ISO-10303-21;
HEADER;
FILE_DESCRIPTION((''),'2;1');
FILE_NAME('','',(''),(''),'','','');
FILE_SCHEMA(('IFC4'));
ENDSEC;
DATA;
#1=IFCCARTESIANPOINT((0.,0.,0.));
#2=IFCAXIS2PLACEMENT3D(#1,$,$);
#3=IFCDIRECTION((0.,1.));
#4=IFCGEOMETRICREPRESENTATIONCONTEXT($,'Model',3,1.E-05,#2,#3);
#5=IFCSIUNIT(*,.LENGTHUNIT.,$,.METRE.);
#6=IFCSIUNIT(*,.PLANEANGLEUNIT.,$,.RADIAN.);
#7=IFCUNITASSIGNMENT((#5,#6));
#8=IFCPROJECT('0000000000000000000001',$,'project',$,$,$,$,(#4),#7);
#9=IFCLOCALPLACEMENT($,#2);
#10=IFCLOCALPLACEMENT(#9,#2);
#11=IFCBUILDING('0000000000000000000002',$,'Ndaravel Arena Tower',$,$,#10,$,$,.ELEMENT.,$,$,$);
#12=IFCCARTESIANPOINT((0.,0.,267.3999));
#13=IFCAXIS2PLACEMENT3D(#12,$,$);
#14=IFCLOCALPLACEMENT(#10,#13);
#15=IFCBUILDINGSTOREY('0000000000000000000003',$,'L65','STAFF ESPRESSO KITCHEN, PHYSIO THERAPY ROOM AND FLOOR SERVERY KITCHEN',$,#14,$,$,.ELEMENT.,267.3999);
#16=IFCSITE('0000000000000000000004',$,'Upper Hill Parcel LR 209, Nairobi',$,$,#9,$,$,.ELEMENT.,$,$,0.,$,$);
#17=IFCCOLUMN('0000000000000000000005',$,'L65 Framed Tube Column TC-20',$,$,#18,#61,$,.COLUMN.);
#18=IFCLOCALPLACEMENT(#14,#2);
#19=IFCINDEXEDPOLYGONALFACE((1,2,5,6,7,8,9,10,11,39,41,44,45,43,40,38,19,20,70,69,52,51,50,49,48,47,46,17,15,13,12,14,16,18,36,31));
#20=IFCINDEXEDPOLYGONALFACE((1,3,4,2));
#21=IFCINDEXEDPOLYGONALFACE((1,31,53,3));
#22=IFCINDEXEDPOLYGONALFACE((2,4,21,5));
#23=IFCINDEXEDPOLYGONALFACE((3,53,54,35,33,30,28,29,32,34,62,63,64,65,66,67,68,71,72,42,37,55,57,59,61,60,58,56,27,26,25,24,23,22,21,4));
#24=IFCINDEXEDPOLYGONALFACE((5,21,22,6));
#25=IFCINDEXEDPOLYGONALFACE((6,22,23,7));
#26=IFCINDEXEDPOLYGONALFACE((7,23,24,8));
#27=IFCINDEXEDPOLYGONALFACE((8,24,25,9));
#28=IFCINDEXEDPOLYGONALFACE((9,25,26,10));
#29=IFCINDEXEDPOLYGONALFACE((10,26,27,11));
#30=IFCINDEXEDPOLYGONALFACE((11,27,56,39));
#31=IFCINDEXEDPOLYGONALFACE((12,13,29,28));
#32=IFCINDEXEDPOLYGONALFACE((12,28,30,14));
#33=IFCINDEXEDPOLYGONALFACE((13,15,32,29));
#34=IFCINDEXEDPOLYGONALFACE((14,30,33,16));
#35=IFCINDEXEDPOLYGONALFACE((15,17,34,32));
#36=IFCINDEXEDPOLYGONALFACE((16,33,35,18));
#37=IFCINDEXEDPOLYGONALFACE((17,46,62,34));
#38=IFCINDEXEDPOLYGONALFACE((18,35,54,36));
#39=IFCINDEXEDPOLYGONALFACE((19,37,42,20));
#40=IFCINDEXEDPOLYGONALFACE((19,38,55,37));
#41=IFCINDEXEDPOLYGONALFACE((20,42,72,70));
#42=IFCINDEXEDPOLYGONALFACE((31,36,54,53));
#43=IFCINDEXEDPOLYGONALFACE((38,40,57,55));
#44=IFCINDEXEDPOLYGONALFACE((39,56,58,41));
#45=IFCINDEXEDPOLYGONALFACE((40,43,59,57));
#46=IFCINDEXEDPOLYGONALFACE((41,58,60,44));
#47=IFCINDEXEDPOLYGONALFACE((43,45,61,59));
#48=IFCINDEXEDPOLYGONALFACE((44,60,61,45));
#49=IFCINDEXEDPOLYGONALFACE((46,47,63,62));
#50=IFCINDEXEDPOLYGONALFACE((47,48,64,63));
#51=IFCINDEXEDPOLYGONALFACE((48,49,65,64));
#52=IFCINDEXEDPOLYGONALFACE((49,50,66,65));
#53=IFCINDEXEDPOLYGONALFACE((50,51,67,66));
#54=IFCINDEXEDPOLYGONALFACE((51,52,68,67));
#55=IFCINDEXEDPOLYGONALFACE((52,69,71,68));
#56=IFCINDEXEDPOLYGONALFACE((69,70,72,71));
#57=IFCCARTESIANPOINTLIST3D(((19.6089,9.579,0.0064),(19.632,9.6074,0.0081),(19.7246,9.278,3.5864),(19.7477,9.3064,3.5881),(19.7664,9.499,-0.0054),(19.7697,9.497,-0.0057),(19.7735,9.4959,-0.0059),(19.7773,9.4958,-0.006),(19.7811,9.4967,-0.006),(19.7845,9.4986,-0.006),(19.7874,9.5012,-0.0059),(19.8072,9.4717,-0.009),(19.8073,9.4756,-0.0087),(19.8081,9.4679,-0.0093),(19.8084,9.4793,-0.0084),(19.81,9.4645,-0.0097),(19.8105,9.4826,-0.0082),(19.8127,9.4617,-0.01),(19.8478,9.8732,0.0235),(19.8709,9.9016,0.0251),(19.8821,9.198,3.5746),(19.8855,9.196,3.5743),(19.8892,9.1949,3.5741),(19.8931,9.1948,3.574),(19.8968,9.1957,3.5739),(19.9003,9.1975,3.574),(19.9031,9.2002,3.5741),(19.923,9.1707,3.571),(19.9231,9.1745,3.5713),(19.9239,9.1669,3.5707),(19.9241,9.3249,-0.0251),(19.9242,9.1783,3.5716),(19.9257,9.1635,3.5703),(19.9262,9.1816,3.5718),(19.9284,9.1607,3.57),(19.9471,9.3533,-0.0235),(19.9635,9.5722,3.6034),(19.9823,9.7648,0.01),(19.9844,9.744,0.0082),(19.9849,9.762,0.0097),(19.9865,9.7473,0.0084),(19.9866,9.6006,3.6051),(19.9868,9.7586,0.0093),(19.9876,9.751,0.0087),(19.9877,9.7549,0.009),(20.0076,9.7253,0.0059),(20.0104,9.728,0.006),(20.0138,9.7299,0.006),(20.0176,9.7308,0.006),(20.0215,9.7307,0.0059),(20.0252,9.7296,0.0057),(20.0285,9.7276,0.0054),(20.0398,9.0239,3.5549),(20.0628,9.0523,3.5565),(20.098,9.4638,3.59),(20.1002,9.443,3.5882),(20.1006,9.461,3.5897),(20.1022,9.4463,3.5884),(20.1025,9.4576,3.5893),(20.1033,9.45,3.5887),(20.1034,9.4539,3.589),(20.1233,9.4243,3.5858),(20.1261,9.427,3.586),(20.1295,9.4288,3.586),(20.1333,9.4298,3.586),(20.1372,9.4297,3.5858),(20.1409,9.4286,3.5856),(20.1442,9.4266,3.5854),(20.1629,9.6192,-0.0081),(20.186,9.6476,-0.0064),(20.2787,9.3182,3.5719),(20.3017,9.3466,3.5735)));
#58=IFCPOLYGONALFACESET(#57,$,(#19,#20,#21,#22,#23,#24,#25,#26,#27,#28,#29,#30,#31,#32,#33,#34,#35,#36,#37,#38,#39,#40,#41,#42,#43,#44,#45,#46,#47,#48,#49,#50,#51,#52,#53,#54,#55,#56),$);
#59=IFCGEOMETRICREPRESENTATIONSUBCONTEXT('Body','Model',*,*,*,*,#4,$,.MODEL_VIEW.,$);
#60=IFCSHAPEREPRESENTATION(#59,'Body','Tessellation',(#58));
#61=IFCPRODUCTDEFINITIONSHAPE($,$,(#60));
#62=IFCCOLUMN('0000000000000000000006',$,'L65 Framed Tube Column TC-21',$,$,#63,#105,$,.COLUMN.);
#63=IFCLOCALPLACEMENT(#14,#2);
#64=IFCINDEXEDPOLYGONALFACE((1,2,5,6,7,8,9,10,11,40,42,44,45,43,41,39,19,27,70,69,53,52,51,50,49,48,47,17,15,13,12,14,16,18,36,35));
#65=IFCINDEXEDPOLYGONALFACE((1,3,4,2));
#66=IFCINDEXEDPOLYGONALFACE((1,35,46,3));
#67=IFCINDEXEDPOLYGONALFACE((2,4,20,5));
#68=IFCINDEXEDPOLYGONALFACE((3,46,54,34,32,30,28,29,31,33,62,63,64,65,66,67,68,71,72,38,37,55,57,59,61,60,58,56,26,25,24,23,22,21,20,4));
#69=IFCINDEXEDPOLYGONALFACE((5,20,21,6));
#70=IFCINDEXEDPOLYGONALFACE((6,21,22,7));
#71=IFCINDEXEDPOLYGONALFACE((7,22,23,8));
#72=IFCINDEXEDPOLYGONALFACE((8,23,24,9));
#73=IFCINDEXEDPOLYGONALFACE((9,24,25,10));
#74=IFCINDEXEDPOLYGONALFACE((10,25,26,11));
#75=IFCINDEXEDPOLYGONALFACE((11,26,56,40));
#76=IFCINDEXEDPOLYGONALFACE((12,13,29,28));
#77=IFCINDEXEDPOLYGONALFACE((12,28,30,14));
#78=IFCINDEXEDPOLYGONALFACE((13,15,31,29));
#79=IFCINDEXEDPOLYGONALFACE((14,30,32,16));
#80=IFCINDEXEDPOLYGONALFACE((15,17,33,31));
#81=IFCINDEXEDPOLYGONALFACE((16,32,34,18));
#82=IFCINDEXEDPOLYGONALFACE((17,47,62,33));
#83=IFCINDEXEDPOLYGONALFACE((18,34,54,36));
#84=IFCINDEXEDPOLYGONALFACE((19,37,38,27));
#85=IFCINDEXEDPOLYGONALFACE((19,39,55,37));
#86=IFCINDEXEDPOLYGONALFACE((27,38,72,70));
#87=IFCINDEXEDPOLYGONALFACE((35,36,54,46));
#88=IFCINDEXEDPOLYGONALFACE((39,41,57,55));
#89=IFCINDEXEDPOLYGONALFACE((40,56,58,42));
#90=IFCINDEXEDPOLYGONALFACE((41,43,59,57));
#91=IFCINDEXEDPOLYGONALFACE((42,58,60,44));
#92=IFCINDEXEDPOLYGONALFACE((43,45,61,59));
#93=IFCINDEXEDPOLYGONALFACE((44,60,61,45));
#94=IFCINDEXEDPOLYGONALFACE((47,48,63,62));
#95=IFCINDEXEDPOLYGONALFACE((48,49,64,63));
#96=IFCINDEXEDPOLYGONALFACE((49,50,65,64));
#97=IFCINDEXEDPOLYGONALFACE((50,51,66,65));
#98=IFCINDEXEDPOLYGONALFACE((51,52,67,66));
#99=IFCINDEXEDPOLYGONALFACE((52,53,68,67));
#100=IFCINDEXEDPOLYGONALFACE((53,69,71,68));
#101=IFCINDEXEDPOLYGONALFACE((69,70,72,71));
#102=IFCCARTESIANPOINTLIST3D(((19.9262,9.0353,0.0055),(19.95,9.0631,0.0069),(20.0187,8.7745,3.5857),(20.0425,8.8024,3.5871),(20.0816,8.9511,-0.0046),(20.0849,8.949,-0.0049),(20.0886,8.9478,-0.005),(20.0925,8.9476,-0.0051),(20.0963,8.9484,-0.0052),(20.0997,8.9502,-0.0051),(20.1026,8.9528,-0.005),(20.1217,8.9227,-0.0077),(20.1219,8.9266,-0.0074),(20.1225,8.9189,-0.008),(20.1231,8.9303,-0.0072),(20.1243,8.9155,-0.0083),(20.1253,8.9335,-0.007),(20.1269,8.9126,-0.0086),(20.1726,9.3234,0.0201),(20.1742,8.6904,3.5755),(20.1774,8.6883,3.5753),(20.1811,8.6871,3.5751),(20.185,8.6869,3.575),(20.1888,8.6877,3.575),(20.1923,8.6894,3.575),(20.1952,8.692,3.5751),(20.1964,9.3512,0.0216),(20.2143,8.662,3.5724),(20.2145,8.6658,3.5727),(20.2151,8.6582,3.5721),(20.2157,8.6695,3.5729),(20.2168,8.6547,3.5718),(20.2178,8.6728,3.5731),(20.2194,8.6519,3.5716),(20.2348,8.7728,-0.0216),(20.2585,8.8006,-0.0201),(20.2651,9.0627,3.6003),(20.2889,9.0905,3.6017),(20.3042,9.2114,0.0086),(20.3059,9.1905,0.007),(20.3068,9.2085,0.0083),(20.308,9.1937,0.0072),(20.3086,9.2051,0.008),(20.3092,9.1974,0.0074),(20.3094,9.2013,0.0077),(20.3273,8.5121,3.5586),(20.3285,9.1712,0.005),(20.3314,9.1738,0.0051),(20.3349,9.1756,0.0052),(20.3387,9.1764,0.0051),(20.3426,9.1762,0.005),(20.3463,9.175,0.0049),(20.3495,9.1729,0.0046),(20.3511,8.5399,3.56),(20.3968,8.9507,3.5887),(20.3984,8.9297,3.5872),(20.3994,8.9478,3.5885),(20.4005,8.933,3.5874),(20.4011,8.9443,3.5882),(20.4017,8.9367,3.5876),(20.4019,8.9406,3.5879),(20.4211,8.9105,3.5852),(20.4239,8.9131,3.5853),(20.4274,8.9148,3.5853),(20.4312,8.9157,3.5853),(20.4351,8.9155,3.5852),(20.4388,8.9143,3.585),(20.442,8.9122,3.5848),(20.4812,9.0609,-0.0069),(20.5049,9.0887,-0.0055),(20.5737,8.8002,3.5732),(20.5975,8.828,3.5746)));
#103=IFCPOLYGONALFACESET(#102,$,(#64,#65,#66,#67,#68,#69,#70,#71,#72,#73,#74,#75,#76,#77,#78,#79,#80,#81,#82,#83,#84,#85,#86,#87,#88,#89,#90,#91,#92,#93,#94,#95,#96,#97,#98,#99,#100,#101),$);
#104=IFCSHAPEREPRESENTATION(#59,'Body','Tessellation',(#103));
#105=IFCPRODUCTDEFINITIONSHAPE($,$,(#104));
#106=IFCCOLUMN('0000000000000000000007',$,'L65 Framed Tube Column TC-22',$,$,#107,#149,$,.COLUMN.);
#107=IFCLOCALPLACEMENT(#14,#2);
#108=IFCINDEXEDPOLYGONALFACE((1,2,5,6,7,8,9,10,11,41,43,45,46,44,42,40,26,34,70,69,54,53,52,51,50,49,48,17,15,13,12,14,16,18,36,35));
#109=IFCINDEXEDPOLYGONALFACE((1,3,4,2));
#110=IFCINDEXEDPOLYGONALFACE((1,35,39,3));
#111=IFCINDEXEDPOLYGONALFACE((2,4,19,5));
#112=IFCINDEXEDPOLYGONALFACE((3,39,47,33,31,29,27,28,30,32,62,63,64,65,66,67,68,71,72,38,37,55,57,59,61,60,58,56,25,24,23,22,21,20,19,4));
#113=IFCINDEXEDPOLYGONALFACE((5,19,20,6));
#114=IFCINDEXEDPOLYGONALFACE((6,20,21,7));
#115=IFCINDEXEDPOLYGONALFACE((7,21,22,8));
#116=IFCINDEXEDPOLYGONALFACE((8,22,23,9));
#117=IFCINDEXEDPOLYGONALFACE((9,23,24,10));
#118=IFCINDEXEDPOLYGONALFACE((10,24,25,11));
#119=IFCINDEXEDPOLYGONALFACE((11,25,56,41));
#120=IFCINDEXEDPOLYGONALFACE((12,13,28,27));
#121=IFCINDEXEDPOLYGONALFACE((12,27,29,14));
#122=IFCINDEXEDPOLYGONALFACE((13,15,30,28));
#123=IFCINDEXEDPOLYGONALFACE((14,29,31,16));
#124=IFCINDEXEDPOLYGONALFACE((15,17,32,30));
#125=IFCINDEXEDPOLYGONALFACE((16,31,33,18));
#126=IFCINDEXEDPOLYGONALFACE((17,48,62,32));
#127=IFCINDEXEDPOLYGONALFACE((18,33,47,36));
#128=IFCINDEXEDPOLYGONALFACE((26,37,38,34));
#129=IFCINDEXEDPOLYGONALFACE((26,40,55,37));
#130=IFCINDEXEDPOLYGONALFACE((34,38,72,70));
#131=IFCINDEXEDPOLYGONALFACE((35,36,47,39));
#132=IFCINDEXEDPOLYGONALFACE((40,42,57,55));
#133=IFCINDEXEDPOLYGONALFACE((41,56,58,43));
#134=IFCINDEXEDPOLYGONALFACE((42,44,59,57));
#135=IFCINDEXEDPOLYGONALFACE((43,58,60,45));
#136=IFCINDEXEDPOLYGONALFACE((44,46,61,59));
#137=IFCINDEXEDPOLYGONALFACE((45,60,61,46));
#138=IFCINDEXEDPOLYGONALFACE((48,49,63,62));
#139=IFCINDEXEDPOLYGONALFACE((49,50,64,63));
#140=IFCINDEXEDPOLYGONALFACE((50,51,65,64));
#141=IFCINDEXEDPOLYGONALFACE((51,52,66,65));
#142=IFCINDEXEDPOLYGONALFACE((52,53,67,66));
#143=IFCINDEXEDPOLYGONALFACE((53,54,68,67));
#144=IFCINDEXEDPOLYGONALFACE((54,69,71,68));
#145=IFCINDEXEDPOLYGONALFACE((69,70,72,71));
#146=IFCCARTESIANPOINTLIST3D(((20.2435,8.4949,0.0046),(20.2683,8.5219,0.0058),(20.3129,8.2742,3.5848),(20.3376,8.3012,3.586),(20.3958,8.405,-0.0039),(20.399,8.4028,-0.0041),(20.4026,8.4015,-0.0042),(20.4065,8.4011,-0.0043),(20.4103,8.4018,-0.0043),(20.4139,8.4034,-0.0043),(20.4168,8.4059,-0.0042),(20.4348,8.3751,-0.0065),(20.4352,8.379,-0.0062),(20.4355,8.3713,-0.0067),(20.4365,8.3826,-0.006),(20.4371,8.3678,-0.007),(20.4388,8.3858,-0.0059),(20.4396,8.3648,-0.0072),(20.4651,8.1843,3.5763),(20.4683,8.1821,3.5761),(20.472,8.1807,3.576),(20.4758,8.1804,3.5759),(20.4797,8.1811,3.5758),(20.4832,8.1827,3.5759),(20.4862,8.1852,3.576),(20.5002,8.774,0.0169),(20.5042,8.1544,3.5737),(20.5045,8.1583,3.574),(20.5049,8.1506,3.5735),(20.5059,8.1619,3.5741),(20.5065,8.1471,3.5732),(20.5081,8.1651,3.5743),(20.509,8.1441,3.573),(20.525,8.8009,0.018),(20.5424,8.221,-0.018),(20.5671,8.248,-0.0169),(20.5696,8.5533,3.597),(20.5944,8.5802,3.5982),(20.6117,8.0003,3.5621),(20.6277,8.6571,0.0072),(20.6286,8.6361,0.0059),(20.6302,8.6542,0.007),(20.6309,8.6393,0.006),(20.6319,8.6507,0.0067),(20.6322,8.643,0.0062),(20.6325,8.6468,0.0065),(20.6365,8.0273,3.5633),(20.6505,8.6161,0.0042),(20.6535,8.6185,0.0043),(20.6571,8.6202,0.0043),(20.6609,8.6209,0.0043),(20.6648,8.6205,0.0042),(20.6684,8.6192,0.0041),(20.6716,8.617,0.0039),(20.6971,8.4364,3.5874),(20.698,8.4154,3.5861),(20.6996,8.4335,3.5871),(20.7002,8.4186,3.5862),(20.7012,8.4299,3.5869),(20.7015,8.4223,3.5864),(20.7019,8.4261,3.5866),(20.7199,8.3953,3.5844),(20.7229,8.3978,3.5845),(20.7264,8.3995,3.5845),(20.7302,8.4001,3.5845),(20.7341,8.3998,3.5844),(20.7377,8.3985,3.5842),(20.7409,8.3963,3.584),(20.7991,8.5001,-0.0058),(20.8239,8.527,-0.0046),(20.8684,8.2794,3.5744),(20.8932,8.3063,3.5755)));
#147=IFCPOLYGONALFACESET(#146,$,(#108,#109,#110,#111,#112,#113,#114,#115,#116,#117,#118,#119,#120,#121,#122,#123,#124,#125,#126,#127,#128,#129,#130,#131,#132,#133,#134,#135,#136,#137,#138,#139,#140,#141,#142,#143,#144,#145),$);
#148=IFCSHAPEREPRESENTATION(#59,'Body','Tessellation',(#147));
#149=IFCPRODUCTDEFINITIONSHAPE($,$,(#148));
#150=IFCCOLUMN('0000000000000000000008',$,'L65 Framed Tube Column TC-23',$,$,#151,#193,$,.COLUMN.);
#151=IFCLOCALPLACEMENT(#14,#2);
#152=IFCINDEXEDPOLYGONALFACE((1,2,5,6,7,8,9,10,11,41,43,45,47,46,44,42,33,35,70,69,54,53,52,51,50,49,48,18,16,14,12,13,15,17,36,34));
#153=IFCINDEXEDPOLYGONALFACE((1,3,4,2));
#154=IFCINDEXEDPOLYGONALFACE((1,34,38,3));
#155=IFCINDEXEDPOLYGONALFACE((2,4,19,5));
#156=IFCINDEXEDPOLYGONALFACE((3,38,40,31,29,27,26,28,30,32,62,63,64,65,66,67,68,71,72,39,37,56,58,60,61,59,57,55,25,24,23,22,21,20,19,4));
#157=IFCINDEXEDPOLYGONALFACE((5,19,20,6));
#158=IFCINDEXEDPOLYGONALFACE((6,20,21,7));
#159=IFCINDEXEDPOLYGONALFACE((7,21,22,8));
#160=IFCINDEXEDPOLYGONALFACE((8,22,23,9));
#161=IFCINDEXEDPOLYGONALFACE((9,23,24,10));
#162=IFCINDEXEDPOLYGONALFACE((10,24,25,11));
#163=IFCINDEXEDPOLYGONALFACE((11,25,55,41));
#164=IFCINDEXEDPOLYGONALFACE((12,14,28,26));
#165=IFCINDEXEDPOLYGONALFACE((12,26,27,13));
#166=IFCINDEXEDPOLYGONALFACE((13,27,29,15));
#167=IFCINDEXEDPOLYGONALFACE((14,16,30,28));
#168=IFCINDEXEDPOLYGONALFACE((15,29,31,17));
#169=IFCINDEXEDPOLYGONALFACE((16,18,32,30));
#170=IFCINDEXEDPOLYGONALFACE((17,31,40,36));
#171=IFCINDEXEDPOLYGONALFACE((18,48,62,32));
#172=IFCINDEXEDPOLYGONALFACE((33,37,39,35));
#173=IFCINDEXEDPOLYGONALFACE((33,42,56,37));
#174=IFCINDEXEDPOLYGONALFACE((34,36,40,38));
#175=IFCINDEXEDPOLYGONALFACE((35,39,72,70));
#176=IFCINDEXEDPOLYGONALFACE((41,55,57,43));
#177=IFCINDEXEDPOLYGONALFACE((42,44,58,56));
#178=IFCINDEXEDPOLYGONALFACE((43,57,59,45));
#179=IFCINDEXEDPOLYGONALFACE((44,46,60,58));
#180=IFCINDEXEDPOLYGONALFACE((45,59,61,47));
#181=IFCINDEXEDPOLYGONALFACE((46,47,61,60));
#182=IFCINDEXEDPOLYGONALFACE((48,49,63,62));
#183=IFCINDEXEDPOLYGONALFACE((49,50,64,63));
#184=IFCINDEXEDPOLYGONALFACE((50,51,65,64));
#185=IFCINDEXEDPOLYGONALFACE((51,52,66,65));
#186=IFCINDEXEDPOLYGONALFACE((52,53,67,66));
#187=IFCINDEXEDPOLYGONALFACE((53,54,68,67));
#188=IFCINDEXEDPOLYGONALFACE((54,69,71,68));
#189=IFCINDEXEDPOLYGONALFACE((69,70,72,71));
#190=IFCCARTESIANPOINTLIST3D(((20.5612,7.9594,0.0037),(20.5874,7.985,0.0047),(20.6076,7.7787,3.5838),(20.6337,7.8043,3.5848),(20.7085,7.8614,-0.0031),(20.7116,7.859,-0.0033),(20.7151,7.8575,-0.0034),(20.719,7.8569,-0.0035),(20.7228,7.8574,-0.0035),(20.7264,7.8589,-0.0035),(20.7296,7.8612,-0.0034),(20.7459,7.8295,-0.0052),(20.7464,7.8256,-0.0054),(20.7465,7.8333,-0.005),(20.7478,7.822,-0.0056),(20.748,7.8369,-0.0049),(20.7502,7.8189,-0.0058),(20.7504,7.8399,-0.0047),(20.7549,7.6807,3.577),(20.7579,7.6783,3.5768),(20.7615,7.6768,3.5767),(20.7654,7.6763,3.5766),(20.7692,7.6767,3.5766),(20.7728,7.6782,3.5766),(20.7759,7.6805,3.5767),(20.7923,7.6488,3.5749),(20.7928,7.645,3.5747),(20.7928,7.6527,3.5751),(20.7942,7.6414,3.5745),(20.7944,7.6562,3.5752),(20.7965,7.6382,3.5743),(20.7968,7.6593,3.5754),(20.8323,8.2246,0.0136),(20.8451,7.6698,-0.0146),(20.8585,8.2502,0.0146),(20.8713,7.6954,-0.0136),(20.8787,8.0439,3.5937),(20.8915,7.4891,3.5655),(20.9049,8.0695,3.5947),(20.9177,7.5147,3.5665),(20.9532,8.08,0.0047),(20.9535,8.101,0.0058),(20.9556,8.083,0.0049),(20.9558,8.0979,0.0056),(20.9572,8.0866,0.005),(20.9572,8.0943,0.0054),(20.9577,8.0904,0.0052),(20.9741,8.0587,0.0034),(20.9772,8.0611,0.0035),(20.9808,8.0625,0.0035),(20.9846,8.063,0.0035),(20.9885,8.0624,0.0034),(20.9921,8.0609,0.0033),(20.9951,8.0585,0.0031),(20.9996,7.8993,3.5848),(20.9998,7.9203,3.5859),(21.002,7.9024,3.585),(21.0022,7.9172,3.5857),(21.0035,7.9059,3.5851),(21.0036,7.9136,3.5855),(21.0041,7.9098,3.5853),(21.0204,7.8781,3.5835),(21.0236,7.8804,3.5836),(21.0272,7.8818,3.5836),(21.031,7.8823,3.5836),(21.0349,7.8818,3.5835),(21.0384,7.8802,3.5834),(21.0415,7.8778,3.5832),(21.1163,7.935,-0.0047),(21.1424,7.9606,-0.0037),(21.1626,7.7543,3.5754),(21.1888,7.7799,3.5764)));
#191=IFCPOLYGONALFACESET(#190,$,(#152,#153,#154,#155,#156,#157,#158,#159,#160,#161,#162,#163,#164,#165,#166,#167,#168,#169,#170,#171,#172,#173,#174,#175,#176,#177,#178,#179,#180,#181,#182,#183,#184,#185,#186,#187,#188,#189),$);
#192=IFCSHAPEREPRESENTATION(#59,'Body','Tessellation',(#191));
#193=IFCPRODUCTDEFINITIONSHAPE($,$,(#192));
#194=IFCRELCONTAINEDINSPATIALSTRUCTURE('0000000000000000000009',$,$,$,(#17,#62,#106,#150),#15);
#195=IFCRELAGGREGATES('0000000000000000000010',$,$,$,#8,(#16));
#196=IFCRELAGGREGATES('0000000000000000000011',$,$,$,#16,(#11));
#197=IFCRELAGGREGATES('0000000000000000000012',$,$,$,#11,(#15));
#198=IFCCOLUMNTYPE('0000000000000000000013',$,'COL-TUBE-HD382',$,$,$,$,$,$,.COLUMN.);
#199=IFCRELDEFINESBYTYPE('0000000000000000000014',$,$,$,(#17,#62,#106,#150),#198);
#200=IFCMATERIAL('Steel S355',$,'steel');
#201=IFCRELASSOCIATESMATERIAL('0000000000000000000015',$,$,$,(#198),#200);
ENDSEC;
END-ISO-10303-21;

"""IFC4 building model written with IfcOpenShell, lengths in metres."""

from ifc_helpers import new_model, si_unit, direction, frame, origin, origin_2d, place, context, subcontext, project, spatial, i_section, extrude, material, material_profile, profile_set, type_object, element, save


model = new_model("IFC4")

# Units and contexts
model_context = context("Model", 3, precision=1e-05, world=origin(), true_north=direction((0.0, 1.0)))
body_context = subcontext(model_context, "Body", "Model", "MODEL_VIEW")
ifc_project = project(units=[si_unit("LENGTHUNIT", "METRE"), si_unit("PLANEANGLEUNIT", "RADIAN")], contexts=[model_context])

# Site, building, storey
site_placement = place(None, origin())
site = spatial("IfcSite", under=ifc_project, at=site_placement, Name="Upper Hill Parcel LR 209, Nairobi", CompositionType="ELEMENT", RefElevation=0.0)
building_placement = place(site_placement, origin())
building = spatial("IfcBuilding", under=site, at=building_placement, Name="Ndaravel Arena Tower", CompositionType="ELEMENT")
storey_placement = place(building_placement, frame((0.0, 0.0, 267.3999)))
storey = spatial("IfcBuildingStorey", under=building, at=storey_placement, Name="L65", Description="STAFF ESPRESSO KITCHEN, PHYSIO THERAPY ROOM AND FLOOR SERVERY KITCHEN", CompositionType="ELEMENT", Elevation=267.3999)

# Columns
ifc_material_1 = material(Name="Steel S355", Category="steel")
ifc_material_profile_1 = material_profile(ifc_material_1, i_section(OverallWidth=0.406, OverallDepth=0.416, WebThickness=0.0298, FlangeThickness=0.0366, FilletRadius=0.0149, at=origin_2d()), Name="HD 400x382")
ifc_profile_set_1 = profile_set([ifc_material_profile_1], Name="Steel S355")
column_type = type_object("IfcColumnType", Name="COL-TUBE-HD382", PredefinedType="COLUMN", material=ifc_profile_set_1)
column_1_placement = place(storey_placement, frame((19.8975, 9.6133, 0.0), z_axis=(0.032194, -0.083744, 0.995967), x_axis=(-0.776202, 0.625678, 0.077699)))
element("IfcColumn", 1, at=column_1_placement, inside=storey, type_object=column_type, Name="L65 Framed Tube Column TC-20", PredefinedType="COLUMN", context=body_context, shape_type="SweptSolid", body=[
    extrude(i_section(OverallWidth=0.406, OverallDepth=0.416, WebThickness=0.0298, FlangeThickness=0.0366, FilletRadius=0.0149, at=origin_2d()), origin(), (0.0, 0.0, 1.0), 3.5945),
])
column_2_placement = place(storey_placement, frame((20.2156, 9.062, 0.0), z_axis=(0.025769, -0.072615, 0.997027), x_axis=(-0.759978, 0.646515, 0.066729)))
element("IfcColumn", 2, at=column_2_placement, inside=storey, type_object=column_type, Name="L65 Framed Tube Column TC-21", PredefinedType="COLUMN", context=body_context, shape_type="SweptSolid", body=[
    extrude(i_section(OverallWidth=0.406, OverallDepth=0.416, WebThickness=0.0298, FlangeThickness=0.0366, FilletRadius=0.0149, at=origin_2d()), origin(), (0.0, 0.0, 1.0), 3.5908),
])
column_3_placement = place(storey_placement, frame((20.5337, 8.511, 0.0), z_axis=(0.019327, -0.061519, 0.997919), x_axis=(-0.736036, 0.674635, 0.055845)))
element("IfcColumn", 3, at=column_3_placement, inside=storey, type_object=column_type, Name="L65 Framed Tube Column TC-22", PredefinedType="COLUMN", context=body_context, shape_type="SweptSolid", body=[
    extrude(i_section(OverallWidth=0.406, OverallDepth=0.416, WebThickness=0.0298, FlangeThickness=0.0366, FilletRadius=0.0149, at=origin_2d()), origin(), (0.0, 0.0, 1.0), 3.5876),
])
column_4_placement = place(storey_placement, frame((20.8518, 7.96, 0.0), z_axis=(0.012939, -0.050395, 0.998646), x_axis=(-0.699372, 0.713336, 0.045059)))
element("IfcColumn", 4, at=column_4_placement, inside=storey, type_object=column_type, Name="L65 Framed Tube Column TC-23", PredefinedType="COLUMN", context=body_context, shape_type="SweptSolid", body=[
    extrude(i_section(OverallWidth=0.406, OverallDepth=0.416, WebThickness=0.0298, FlangeThickness=0.0366, FilletRadius=0.0149, at=origin_2d()), origin(), (0.0, 0.0, 1.0), 3.585),
])

save(model, "model.ifc")
